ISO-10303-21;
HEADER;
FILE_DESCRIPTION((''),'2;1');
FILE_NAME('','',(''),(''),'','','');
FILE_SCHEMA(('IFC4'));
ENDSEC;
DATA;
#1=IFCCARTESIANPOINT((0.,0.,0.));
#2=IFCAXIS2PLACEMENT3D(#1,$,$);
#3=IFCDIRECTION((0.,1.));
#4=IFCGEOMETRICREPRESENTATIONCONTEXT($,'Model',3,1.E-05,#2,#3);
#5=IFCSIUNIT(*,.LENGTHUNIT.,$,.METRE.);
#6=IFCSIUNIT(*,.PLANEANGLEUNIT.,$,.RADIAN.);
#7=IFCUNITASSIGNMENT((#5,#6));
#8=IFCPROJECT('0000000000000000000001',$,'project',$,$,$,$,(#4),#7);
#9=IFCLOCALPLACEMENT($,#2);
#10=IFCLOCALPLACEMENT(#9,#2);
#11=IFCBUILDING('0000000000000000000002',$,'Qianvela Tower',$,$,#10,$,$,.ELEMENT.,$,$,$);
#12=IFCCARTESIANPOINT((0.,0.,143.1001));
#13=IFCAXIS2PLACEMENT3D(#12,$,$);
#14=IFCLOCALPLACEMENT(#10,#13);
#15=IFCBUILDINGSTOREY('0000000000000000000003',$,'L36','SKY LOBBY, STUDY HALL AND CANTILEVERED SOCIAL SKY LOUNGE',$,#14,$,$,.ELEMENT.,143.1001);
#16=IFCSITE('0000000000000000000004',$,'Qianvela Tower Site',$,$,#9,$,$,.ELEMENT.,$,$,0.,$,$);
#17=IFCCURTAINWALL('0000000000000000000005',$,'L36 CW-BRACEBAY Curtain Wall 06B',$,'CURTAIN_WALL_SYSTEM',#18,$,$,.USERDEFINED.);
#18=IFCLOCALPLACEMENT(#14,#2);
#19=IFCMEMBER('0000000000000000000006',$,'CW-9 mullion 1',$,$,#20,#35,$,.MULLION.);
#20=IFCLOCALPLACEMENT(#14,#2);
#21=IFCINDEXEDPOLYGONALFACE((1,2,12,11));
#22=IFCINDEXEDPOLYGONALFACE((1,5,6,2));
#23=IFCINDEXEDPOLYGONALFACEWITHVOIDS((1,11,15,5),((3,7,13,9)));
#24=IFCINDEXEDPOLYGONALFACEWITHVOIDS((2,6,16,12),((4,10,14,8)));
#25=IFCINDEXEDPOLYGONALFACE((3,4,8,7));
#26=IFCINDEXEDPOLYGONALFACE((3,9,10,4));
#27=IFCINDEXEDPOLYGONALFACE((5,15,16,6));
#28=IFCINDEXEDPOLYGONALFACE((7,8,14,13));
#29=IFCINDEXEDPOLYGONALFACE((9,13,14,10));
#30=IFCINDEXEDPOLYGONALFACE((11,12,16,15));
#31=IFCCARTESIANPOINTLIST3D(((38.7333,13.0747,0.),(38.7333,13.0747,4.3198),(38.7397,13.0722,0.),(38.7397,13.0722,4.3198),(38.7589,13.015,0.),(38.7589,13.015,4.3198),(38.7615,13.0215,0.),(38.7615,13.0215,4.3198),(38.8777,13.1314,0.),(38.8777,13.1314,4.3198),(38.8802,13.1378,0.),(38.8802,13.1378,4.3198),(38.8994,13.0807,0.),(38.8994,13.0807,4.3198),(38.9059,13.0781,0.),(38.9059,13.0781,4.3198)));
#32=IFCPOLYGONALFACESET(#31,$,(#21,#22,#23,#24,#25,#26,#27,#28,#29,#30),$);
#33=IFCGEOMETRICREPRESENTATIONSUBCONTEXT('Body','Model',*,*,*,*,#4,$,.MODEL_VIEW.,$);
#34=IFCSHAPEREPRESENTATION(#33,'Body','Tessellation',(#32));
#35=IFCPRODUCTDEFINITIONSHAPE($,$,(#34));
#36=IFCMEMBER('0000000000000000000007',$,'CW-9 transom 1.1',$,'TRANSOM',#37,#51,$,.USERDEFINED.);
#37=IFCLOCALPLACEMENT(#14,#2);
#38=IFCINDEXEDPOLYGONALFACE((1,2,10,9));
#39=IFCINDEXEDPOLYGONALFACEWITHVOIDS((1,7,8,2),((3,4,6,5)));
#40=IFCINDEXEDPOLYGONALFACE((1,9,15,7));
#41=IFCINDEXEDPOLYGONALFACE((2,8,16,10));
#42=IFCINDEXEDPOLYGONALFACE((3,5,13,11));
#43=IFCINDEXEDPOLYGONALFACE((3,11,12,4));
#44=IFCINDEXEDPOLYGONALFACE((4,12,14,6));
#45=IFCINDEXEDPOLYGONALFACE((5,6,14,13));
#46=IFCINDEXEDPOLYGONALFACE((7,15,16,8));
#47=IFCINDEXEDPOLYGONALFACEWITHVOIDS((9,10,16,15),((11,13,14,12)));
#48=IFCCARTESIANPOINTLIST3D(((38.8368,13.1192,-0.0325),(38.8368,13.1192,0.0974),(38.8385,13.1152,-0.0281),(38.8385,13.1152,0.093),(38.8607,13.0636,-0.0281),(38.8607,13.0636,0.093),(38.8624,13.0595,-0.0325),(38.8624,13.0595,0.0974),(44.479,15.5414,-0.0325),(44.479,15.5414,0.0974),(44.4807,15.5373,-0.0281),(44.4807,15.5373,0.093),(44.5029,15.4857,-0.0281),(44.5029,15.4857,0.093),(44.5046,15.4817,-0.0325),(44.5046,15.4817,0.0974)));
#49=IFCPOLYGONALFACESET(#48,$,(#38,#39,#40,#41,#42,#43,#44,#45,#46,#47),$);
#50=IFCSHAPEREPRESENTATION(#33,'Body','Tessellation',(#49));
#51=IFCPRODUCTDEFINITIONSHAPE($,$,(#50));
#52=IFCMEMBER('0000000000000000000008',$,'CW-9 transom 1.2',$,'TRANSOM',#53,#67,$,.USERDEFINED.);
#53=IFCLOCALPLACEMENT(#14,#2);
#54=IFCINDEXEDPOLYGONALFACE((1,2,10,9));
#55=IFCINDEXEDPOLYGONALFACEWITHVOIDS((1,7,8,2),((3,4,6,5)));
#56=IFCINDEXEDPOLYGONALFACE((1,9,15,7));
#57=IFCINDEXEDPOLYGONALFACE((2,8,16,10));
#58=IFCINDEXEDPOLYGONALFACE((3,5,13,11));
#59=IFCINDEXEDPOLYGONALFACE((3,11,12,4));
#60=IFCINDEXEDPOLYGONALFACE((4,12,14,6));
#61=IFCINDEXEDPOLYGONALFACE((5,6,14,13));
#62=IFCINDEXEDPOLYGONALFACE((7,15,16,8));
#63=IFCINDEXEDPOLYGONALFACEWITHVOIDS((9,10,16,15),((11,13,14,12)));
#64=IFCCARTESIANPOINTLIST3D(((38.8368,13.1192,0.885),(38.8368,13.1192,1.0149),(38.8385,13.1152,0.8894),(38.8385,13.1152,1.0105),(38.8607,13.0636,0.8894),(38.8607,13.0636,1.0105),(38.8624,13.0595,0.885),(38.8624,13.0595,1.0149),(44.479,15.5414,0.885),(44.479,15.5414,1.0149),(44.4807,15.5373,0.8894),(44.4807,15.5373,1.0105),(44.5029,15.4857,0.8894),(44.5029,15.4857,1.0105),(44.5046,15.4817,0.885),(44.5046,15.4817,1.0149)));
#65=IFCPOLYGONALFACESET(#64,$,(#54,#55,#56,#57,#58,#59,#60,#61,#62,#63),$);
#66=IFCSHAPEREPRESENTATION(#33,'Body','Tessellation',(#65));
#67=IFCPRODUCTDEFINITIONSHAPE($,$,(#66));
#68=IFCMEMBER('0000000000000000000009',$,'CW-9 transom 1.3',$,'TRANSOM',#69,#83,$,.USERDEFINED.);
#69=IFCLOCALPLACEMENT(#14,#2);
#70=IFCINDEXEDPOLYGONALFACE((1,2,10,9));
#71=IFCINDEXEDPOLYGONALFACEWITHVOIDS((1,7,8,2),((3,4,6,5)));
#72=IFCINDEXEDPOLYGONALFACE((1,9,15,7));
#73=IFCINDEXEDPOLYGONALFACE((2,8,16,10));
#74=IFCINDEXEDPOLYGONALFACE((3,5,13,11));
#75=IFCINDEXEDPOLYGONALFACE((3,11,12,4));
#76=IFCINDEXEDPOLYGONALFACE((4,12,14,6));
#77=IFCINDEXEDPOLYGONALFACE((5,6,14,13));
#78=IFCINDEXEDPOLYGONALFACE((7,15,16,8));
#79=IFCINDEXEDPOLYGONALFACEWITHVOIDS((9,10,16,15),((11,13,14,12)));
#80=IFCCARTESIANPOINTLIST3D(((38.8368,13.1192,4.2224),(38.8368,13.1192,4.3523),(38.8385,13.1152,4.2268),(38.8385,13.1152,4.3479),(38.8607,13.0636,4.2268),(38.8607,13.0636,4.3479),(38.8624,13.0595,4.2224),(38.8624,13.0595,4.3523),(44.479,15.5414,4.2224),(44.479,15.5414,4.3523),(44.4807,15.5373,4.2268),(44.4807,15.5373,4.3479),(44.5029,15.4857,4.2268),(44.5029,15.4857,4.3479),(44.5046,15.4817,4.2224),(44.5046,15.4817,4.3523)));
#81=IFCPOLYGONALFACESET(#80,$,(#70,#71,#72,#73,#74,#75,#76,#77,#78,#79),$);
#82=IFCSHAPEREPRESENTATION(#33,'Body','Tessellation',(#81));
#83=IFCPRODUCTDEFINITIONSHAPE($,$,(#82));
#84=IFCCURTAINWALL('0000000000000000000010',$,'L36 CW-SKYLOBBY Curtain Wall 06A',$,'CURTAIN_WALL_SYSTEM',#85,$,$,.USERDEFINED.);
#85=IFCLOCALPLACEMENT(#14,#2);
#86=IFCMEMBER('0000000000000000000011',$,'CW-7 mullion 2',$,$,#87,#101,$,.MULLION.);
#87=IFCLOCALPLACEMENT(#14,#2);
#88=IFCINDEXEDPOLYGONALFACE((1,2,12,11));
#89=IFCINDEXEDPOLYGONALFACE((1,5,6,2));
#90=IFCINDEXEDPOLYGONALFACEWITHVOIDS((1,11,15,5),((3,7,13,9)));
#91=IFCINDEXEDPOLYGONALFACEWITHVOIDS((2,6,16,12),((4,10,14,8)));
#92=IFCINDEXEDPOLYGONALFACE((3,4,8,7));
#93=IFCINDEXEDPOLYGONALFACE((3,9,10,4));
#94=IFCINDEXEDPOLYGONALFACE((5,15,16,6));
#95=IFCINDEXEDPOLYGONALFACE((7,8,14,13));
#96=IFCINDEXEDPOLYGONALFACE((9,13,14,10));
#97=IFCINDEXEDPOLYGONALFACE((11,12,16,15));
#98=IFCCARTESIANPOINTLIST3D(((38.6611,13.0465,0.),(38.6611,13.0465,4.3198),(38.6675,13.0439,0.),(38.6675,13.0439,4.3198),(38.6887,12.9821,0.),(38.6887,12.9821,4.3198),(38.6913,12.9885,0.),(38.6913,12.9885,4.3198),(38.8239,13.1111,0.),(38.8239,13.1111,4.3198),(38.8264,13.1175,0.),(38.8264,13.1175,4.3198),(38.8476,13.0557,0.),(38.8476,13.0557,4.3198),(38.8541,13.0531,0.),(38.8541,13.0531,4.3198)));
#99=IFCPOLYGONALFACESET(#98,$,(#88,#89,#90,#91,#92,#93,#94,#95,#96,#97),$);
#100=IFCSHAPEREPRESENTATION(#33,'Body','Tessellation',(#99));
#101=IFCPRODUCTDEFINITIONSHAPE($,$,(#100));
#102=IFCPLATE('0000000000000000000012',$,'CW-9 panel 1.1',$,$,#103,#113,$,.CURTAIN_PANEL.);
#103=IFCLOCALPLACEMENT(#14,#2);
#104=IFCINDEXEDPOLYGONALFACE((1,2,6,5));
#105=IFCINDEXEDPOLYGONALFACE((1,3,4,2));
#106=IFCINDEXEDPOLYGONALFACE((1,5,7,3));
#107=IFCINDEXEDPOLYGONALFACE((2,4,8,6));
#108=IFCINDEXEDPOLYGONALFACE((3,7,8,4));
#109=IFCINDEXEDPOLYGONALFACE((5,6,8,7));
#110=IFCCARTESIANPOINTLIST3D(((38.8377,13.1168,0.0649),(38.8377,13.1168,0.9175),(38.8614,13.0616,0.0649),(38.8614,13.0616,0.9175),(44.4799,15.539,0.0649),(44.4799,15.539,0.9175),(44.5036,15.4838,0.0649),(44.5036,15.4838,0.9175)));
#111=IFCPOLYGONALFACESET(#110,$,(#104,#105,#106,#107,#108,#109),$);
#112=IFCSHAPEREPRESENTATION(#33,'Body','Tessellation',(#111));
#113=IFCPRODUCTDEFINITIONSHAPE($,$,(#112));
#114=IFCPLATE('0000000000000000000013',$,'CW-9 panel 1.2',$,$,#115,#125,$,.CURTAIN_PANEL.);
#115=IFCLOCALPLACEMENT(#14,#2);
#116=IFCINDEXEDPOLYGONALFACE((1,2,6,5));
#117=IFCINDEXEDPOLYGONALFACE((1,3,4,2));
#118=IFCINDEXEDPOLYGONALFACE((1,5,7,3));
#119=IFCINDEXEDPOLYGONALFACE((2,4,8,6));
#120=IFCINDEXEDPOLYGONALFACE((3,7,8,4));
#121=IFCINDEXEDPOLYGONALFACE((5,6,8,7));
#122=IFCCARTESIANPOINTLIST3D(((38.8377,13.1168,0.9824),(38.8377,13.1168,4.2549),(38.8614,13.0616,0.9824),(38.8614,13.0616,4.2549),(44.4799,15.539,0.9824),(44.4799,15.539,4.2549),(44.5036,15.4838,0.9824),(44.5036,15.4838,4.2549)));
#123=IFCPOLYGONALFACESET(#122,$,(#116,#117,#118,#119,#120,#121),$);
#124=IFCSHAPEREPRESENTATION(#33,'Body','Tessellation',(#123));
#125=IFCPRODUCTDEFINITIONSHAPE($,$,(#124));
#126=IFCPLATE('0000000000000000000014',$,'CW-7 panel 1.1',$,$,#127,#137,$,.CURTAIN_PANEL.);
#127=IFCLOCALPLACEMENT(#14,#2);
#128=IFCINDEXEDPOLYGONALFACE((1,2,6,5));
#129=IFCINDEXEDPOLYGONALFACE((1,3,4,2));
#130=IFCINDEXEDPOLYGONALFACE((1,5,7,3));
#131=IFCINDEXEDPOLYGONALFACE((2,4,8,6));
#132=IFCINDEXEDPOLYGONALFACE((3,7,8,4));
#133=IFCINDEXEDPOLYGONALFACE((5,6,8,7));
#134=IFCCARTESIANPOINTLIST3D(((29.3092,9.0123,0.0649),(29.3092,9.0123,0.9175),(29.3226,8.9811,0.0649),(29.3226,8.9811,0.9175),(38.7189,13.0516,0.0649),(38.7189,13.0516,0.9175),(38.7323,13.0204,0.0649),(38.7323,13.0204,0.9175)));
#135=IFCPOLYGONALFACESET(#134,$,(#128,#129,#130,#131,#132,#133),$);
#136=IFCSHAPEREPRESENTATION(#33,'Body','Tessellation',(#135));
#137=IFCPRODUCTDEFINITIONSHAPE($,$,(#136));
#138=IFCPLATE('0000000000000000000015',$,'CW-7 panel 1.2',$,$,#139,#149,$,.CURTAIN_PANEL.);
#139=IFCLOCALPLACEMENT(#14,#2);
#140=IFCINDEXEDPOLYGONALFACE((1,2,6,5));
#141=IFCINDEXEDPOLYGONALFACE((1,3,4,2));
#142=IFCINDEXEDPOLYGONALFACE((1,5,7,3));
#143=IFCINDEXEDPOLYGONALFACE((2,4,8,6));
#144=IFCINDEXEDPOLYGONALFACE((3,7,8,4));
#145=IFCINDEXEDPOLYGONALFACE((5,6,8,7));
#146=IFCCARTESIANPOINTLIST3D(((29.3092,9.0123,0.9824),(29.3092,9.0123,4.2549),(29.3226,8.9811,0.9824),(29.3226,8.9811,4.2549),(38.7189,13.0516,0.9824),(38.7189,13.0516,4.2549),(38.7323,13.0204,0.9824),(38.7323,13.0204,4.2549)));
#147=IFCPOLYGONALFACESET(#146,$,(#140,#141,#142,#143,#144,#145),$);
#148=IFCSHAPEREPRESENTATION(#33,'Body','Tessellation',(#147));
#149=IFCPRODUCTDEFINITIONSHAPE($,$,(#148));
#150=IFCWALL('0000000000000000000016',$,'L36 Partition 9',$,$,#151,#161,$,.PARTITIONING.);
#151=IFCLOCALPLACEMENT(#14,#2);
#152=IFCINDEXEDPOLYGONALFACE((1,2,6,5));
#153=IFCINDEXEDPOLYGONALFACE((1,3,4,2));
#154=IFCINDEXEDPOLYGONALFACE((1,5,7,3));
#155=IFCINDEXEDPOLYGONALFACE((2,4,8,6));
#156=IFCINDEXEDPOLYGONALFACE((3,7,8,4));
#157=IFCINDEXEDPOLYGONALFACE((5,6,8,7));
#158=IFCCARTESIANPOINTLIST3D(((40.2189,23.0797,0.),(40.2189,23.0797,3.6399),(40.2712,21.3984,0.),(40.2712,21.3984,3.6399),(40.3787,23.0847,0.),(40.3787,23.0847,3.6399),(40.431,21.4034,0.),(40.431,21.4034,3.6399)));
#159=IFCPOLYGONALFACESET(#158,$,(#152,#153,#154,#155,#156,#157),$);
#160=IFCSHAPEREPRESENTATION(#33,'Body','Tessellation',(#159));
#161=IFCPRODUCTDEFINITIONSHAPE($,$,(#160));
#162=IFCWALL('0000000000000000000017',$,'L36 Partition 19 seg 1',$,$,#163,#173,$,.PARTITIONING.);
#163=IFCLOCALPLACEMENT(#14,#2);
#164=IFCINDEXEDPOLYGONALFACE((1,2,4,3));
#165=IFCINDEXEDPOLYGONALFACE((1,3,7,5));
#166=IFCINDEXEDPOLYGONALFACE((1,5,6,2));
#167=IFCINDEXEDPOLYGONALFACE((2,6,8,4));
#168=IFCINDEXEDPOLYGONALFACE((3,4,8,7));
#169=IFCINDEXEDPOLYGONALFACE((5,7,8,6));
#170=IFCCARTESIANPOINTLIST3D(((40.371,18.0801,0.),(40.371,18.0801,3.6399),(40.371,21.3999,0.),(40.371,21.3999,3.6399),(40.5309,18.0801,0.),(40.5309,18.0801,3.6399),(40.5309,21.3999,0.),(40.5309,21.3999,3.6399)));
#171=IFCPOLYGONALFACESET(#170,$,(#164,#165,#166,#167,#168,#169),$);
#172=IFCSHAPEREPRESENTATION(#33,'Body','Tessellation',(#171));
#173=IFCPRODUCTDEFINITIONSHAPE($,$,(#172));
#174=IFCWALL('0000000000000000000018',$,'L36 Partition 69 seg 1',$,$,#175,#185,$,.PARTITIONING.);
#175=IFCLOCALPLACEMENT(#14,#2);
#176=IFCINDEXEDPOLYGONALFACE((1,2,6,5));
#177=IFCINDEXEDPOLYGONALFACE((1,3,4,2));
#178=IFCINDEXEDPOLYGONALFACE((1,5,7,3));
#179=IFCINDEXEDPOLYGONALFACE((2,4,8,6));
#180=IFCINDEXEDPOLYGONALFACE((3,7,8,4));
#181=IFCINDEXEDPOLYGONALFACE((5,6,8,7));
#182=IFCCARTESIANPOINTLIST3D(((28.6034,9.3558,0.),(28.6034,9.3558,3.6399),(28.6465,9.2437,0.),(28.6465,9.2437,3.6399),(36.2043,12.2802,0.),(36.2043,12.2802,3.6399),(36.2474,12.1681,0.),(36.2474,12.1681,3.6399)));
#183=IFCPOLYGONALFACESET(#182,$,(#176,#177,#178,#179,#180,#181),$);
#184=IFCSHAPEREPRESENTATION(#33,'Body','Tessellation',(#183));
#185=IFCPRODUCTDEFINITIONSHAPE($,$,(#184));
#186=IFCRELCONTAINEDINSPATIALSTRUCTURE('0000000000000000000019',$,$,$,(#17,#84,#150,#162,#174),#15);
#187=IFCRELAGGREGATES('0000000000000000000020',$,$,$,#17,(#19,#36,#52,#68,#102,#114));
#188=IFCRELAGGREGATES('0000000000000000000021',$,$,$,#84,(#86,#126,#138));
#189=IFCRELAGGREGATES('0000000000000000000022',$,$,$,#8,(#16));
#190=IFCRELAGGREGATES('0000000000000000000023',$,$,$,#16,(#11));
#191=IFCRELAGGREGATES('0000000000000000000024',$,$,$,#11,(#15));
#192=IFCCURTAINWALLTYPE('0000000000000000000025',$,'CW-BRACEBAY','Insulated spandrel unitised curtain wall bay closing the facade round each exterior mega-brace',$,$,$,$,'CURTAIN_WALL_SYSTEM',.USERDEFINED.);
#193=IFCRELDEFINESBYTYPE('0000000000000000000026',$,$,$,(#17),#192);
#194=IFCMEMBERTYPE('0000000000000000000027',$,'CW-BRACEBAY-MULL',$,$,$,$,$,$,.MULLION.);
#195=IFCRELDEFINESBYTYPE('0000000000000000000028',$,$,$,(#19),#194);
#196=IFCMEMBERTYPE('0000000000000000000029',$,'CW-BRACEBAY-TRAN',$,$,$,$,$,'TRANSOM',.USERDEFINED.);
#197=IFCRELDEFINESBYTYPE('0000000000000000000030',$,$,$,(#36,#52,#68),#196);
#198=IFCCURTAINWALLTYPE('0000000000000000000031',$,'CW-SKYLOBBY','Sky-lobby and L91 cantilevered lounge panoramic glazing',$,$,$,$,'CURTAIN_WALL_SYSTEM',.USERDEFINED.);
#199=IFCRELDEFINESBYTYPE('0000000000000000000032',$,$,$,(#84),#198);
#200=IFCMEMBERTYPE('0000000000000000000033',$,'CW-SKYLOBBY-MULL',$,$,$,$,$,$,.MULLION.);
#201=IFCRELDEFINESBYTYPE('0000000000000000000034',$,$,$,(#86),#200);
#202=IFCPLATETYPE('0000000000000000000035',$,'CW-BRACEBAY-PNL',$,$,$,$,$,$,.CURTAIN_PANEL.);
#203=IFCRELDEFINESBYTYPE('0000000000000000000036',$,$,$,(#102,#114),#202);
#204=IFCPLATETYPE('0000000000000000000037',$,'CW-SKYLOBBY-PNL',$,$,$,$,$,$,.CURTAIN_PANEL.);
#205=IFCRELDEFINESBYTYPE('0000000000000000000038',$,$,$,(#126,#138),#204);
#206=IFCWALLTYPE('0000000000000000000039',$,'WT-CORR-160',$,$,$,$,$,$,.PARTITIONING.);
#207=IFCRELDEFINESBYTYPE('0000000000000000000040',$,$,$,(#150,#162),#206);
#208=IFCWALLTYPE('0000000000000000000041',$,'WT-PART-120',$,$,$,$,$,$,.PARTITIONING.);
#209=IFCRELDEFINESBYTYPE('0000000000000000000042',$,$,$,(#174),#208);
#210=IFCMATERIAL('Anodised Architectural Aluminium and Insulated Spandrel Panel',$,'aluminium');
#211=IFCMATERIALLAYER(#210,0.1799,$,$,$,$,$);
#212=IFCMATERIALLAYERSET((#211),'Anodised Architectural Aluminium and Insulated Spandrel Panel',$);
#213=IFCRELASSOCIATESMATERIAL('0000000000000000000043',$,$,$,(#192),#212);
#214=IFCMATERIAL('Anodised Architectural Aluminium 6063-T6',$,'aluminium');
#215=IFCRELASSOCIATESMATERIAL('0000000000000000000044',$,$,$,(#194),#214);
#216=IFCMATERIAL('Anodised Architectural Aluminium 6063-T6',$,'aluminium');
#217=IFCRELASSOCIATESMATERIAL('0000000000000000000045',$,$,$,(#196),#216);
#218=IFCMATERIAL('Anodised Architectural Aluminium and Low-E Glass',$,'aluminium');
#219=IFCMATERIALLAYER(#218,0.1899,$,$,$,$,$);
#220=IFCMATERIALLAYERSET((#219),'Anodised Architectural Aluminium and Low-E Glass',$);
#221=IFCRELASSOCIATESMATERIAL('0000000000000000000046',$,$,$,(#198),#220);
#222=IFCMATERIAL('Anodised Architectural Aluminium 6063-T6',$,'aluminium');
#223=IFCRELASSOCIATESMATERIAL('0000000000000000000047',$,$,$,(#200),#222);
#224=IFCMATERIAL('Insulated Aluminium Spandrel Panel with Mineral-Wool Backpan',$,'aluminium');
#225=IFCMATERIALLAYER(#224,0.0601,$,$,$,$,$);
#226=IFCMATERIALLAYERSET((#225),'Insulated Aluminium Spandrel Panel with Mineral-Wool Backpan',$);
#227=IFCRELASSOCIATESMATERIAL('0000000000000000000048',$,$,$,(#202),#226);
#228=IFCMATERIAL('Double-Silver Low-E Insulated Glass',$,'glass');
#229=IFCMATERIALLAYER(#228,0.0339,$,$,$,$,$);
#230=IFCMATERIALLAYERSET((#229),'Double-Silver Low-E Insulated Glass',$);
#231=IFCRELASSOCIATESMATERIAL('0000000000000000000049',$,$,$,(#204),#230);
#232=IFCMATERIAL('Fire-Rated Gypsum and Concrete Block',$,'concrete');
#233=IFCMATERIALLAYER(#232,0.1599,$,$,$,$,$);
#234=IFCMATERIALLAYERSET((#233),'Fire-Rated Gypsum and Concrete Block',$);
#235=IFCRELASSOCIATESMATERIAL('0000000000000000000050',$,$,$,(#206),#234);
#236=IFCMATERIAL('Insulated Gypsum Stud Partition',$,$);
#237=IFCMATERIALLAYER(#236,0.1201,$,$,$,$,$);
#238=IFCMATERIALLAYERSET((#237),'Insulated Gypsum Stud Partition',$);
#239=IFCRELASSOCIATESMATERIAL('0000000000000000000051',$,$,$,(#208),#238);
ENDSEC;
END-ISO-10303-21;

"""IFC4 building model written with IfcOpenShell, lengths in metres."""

from ifc_helpers import new_model, si_unit, direction, frame, frame_2d, origin, origin_2d, place, context, subcontext, project, spatial, rectangle, hollow_rectangle, extrude, material, layer, layer_set, material_profile, profile_set, type_object, element, aggregate, save


model = new_model("IFC4")

# Units and contexts
model_context = context("Model", 3, precision=1e-05, world=origin(), true_north=direction((0.0, 1.0)))
body_context = subcontext(model_context, "Body", "Model", "MODEL_VIEW")
ifc_project = project(units=[si_unit("LENGTHUNIT", "METRE"), si_unit("PLANEANGLEUNIT", "RADIAN")], contexts=[model_context])

# Site, building, storey
site_placement = place(None, origin())
site = spatial("IfcSite", under=ifc_project, at=site_placement, Name="Qianvela Tower Site", CompositionType="ELEMENT", RefElevation=0.0)
building_placement = place(site_placement, origin())
building = spatial("IfcBuilding", under=site, at=building_placement, Name="Qianvela Tower", CompositionType="ELEMENT")
storey_placement = place(building_placement, frame((0.0, 0.0, 143.1001)))
storey = spatial("IfcBuildingStorey", under=building, at=storey_placement, Name="L36", Description="SKY LOBBY, STUDY HALL AND CANTILEVERED SOCIAL SKY LOUNGE", CompositionType="ELEMENT", Elevation=143.1001)

# Curtain wall, members
ifc_material_1 = material(Name="Anodised Architectural Aluminium and Insulated Spandrel Panel", Category="aluminium")
ifc_layer_1 = layer(ifc_material_1, 0.1799)
ifc_layer_set_1 = layer_set([ifc_layer_1], Name="Anodised Architectural Aluminium and Insulated Spandrel Panel")
curtain_wall_type_1 = type_object("IfcCurtainWallType", Name="CW-BRACEBAY", Description="Insulated spandrel unitised curtain wall bay closing the facade round each exterior mega-brace", ElementType="CURTAIN_WALL_SYSTEM", PredefinedType="USERDEFINED", material=ifc_layer_set_1)
curtain_wall_1_placement = place(storey_placement, origin())
curtain_wall_1 = element("IfcCurtainWall", 1, at=curtain_wall_1_placement, inside=storey, type_object=curtain_wall_type_1, Name="L36 CW-BRACEBAY Curtain Wall 06B", ObjectType="CURTAIN_WALL_SYSTEM", PredefinedType="USERDEFINED")
ifc_material_2 = material(Name="Anodised Architectural Aluminium 6063-T6", Category="aluminium")
ifc_material_profile_1 = material_profile(ifc_material_2, hollow_rectangle(XDim=0.0649, YDim=0.1599, WallThickness=0.0049, at=origin_2d()), Name="ALU-MULL-65x160")
ifc_profile_set_1 = profile_set([ifc_material_profile_1], Name="Anodised Architectural Aluminium 6063-T6")
member_type_1 = type_object("IfcMemberType", Name="CW-BRACEBAY-MULL", PredefinedType="MULLION", material=ifc_profile_set_1)
member_1_placement = place(storey_placement, frame((38.8196, 13.0764, 0.0), z_axis=(0.0, 0.0, 1.0), x_axis=(-0.394477, 0.918906, 0.0)))
member_1 = element("IfcMember", 2, at=member_1_placement, type_object=member_type_1, Name="CW-9 mullion 1", PredefinedType="MULLION", context=body_context, shape_type="SweptSolid", body=[
    extrude(hollow_rectangle(XDim=0.0649, YDim=0.1599, WallThickness=0.0049, at=origin_2d()), origin(), (0.0, 0.0, 1.0), 4.3198),
])
ifc_material_3 = material(Name="Anodised Architectural Aluminium 6063-T6", Category="aluminium")
ifc_material_profile_2 = material_profile(ifc_material_3, hollow_rectangle(XDim=0.0649, YDim=0.1299, WallThickness=0.0044, at=origin_2d()), Name="ALU-TRAN-65x130")
ifc_profile_set_2 = profile_set([ifc_material_profile_2], Name="Anodised Architectural Aluminium 6063-T6")
member_type_2 = type_object("IfcMemberType", Name="CW-BRACEBAY-TRAN", ElementType="TRANSOM", PredefinedType="USERDEFINED", material=ifc_profile_set_2)
member_2_placement = place(storey_placement, frame((38.8496, 13.0894, 0.0325), z_axis=(0.918904, 0.394481, 0.0), x_axis=(-0.394481, 0.918904, 0.0)))
member_2 = element("IfcMember", 3, at=member_2_placement, type_object=member_type_2, Name="CW-9 transom 1.1", ObjectType="TRANSOM", PredefinedType="USERDEFINED", context=body_context, shape_type="SweptSolid", body=[
    extrude(hollow_rectangle(XDim=0.0649, YDim=0.1299, WallThickness=0.0044, at=origin_2d()), origin(), (0.0, 0.0, 1.0), 6.1401),
])
member_3_placement = place(storey_placement, frame((38.8496, 13.0894, 0.95), z_axis=(0.918904, 0.394481, 0.0), x_axis=(-0.394481, 0.918904, 0.0)))
member_3 = element("IfcMember", 4, at=member_3_placement, type_object=member_type_2, Name="CW-9 transom 1.2", ObjectType="TRANSOM", PredefinedType="USERDEFINED", context=body_context, shape_type="SweptSolid", body=[
    extrude(hollow_rectangle(XDim=0.0649, YDim=0.1299, WallThickness=0.0044, at=origin_2d()), origin(), (0.0, 0.0, 1.0), 6.1401),
])
member_4_placement = place(storey_placement, frame((38.8496, 13.0894, 4.2874), z_axis=(0.918904, 0.394481, 0.0), x_axis=(-0.394481, 0.918904, 0.0)))
member_4 = element("IfcMember", 5, at=member_4_placement, type_object=member_type_2, Name="CW-9 transom 1.3", ObjectType="TRANSOM", PredefinedType="USERDEFINED", context=body_context, shape_type="SweptSolid", body=[
    extrude(hollow_rectangle(XDim=0.0649, YDim=0.1299, WallThickness=0.0044, at=origin_2d()), origin(), (0.0, 0.0, 1.0), 6.1401),
])

# Curtain wall, member
ifc_material_4 = material(Name="Anodised Architectural Aluminium and Low-E Glass", Category="aluminium")
ifc_layer_2 = layer(ifc_material_4, 0.1899)
ifc_layer_set_2 = layer_set([ifc_layer_2], Name="Anodised Architectural Aluminium and Low-E Glass")
curtain_wall_type_2 = type_object("IfcCurtainWallType", Name="CW-SKYLOBBY", Description="Sky-lobby and L91 cantilevered lounge panoramic glazing", ElementType="CURTAIN_WALL_SYSTEM", PredefinedType="USERDEFINED", material=ifc_layer_set_2)
curtain_wall_2_placement = place(storey_placement, origin())
curtain_wall_2 = element("IfcCurtainWall", 6, at=curtain_wall_2_placement, inside=storey, type_object=curtain_wall_type_2, Name="L36 CW-SKYLOBBY Curtain Wall 06A", ObjectType="CURTAIN_WALL_SYSTEM", PredefinedType="USERDEFINED")
ifc_material_5 = material(Name="Anodised Architectural Aluminium 6063-T6", Category="aluminium")
ifc_material_profile_3 = material_profile(ifc_material_5, hollow_rectangle(XDim=0.0701, YDim=0.1799, WallThickness=0.0049, at=origin_2d()), Name="ALU-MULL-70x180")
ifc_profile_set_3 = profile_set([ifc_material_profile_3], Name="Anodised Architectural Aluminium 6063-T6")
member_type_3 = type_object("IfcMemberType", Name="CW-SKYLOBBY-MULL", PredefinedType="MULLION", material=ifc_profile_set_3)
member_5_placement = place(storey_placement, frame((38.7576, 13.0498, 0.0), z_axis=(0.0, 0.0, 1.0), x_axis=(-0.394469, 0.918909, 0.0)))
member_5 = element("IfcMember", 7, at=member_5_placement, type_object=member_type_3, Name="CW-7 mullion 2", PredefinedType="MULLION", context=body_context, shape_type="SweptSolid", body=[
    extrude(hollow_rectangle(XDim=0.0701, YDim=0.1799, WallThickness=0.0049, at=origin_2d()), origin(), (0.0, 0.0, 1.0), 4.3198),
])

# Plates
ifc_material_6 = material(Name="Insulated Aluminium Spandrel Panel with Mineral-Wool Backpan", Category="aluminium")
ifc_layer_3 = layer(ifc_material_6, 0.0601)
ifc_layer_set_3 = layer_set([ifc_layer_3], Name="Insulated Aluminium Spandrel Panel with Mineral-Wool Backpan")
plate_type_1 = type_object("IfcPlateType", Name="CW-BRACEBAY-PNL", PredefinedType="CURTAIN_PANEL", material=ifc_layer_set_3)
plate_1_placement = place(storey_placement, frame((41.6707, 14.3003, 0.0649), z_axis=(0.0, 0.0, 1.0), x_axis=(0.918906, 0.394477, 0.0)))
plate_1 = element("IfcPlate", 8, at=plate_1_placement, type_object=plate_type_1, Name="CW-9 panel 1.1", PredefinedType="CURTAIN_PANEL", context=body_context, shape_type="SweptSolid", body=[
    extrude(rectangle(XDim=6.1401, YDim=0.0601, at=origin_2d()), origin(), (0.0, 0.0, 1.0), 0.8525),
])
plate_2_placement = place(storey_placement, frame((41.6707, 14.3003, 0.9824), z_axis=(0.0, 0.0, 1.0), x_axis=(0.918906, 0.394477, 0.0)))
plate_2 = element("IfcPlate", 9, at=plate_2_placement, type_object=plate_type_1, Name="CW-9 panel 1.2", PredefinedType="CURTAIN_PANEL", context=body_context, shape_type="SweptSolid", body=[
    extrude(rectangle(XDim=6.1401, YDim=0.0601, at=origin_2d()), origin(), (0.0, 0.0, 1.0), 3.2725),
])
aggregate(curtain_wall_1, [member_1, member_2, member_3, member_4, plate_1, plate_2])
ifc_material_7 = material(Name="Double-Silver Low-E Insulated Glass", Category="glass")
ifc_layer_4 = layer(ifc_material_7, 0.0339)
ifc_layer_set_4 = layer_set([ifc_layer_4], Name="Double-Silver Low-E Insulated Glass")
plate_type_2 = type_object("IfcPlateType", Name="CW-SKYLOBBY-PNL", PredefinedType="CURTAIN_PANEL", material=ifc_layer_set_4)
plate_3_placement = place(storey_placement, frame((34.0208, 11.0164, 0.0649), z_axis=(0.0, 0.0, 1.0), x_axis=(0.918909, 0.394469, 0.0)))
plate_3 = element("IfcPlate", 10, at=plate_3_placement, type_object=plate_type_2, Name="CW-7 panel 1.1", PredefinedType="CURTAIN_PANEL", context=body_context, shape_type="SweptSolid", body=[
    extrude(rectangle(XDim=10.24, YDim=0.0339, at=origin_2d()), origin(), (0.0, 0.0, 1.0), 0.8525),
])
plate_4_placement = place(storey_placement, frame((34.0208, 11.0164, 0.9824), z_axis=(0.0, 0.0, 1.0), x_axis=(0.918909, 0.394469, 0.0)))
plate_4 = element("IfcPlate", 11, at=plate_4_placement, type_object=plate_type_2, Name="CW-7 panel 1.2", PredefinedType="CURTAIN_PANEL", context=body_context, shape_type="SweptSolid", body=[
    extrude(rectangle(XDim=10.24, YDim=0.0339, at=origin_2d()), origin(), (0.0, 0.0, 1.0), 3.2725),
])
aggregate(curtain_wall_2, [member_5, plate_3, plate_4])

# Shared definitions
ifc_material_8 = material(Name="Fire-Rated Gypsum and Concrete Block", Category="concrete")
ifc_layer_5 = layer(ifc_material_8, 0.1599)
ifc_layer_set_5 = layer_set([ifc_layer_5], Name="Fire-Rated Gypsum and Concrete Block")
wall_type_1 = type_object("IfcWallType", Name="WT-CORR-160", PredefinedType="PARTITIONING", material=ifc_layer_set_5)

# Walls
wall_1_placement = place(storey_placement, frame((40.3511, 21.4009, 0.0), z_axis=(0.0, 0.0, 1.0), x_axis=(-0.031058, 0.999518, 0.0)))
element("IfcWall", 12, at=wall_1_placement, inside=storey, type_object=wall_type_1, Name="L36 Partition 9", PredefinedType="PARTITIONING", context=body_context, shape_type="SweptSolid", body=[
    extrude(rectangle(XDim=1.6821, YDim=0.1599, at=frame_2d((0.8411, 0.0))), origin(), (0.0, 0.0, 1.0), 3.6399),
])
wall_2_placement = place(storey_placement, frame((40.4509, 18.0801, 0.0), z_axis=(0.0, 0.0, 1.0), x_axis=(0.0, 1.0, 0.0)))
element("IfcWall", 13, at=wall_2_placement, inside=storey, type_object=wall_type_1, Name="L36 Partition 19 seg 1", PredefinedType="PARTITIONING", context=body_context, shape_type="SweptSolid", body=[
    extrude(rectangle(XDim=3.3198, YDim=0.1599, at=frame_2d((1.6599, 0.0))), origin(), (0.0, 0.0, 1.0), 3.6399),
])
ifc_material_9 = material(Name="Insulated Gypsum Stud Partition")
ifc_layer_6 = layer(ifc_material_9, 0.1201)
ifc_layer_set_6 = layer_set([ifc_layer_6], Name="Insulated Gypsum Stud Partition")
wall_type_2 = type_object("IfcWallType", Name="WT-PART-120", PredefinedType="PARTITIONING", material=ifc_layer_set_6)
wall_3_placement = place(storey_placement, frame((36.2258, 12.2241, 0.0), z_axis=(0.0, 0.0, 1.0), x_axis=(-0.933308, -0.359078, 0.0)))
element("IfcWall", 14, at=wall_3_placement, inside=storey, type_object=wall_type_2, Name="L36 Partition 69 seg 1", PredefinedType="PARTITIONING", context=body_context, shape_type="SweptSolid", body=[
    extrude(rectangle(XDim=8.144, YDim=0.1201, at=frame_2d((4.072, 0.0))), origin(), (0.0, 0.0, 1.0), 3.6399),
])

save(model, "model.ifc")
